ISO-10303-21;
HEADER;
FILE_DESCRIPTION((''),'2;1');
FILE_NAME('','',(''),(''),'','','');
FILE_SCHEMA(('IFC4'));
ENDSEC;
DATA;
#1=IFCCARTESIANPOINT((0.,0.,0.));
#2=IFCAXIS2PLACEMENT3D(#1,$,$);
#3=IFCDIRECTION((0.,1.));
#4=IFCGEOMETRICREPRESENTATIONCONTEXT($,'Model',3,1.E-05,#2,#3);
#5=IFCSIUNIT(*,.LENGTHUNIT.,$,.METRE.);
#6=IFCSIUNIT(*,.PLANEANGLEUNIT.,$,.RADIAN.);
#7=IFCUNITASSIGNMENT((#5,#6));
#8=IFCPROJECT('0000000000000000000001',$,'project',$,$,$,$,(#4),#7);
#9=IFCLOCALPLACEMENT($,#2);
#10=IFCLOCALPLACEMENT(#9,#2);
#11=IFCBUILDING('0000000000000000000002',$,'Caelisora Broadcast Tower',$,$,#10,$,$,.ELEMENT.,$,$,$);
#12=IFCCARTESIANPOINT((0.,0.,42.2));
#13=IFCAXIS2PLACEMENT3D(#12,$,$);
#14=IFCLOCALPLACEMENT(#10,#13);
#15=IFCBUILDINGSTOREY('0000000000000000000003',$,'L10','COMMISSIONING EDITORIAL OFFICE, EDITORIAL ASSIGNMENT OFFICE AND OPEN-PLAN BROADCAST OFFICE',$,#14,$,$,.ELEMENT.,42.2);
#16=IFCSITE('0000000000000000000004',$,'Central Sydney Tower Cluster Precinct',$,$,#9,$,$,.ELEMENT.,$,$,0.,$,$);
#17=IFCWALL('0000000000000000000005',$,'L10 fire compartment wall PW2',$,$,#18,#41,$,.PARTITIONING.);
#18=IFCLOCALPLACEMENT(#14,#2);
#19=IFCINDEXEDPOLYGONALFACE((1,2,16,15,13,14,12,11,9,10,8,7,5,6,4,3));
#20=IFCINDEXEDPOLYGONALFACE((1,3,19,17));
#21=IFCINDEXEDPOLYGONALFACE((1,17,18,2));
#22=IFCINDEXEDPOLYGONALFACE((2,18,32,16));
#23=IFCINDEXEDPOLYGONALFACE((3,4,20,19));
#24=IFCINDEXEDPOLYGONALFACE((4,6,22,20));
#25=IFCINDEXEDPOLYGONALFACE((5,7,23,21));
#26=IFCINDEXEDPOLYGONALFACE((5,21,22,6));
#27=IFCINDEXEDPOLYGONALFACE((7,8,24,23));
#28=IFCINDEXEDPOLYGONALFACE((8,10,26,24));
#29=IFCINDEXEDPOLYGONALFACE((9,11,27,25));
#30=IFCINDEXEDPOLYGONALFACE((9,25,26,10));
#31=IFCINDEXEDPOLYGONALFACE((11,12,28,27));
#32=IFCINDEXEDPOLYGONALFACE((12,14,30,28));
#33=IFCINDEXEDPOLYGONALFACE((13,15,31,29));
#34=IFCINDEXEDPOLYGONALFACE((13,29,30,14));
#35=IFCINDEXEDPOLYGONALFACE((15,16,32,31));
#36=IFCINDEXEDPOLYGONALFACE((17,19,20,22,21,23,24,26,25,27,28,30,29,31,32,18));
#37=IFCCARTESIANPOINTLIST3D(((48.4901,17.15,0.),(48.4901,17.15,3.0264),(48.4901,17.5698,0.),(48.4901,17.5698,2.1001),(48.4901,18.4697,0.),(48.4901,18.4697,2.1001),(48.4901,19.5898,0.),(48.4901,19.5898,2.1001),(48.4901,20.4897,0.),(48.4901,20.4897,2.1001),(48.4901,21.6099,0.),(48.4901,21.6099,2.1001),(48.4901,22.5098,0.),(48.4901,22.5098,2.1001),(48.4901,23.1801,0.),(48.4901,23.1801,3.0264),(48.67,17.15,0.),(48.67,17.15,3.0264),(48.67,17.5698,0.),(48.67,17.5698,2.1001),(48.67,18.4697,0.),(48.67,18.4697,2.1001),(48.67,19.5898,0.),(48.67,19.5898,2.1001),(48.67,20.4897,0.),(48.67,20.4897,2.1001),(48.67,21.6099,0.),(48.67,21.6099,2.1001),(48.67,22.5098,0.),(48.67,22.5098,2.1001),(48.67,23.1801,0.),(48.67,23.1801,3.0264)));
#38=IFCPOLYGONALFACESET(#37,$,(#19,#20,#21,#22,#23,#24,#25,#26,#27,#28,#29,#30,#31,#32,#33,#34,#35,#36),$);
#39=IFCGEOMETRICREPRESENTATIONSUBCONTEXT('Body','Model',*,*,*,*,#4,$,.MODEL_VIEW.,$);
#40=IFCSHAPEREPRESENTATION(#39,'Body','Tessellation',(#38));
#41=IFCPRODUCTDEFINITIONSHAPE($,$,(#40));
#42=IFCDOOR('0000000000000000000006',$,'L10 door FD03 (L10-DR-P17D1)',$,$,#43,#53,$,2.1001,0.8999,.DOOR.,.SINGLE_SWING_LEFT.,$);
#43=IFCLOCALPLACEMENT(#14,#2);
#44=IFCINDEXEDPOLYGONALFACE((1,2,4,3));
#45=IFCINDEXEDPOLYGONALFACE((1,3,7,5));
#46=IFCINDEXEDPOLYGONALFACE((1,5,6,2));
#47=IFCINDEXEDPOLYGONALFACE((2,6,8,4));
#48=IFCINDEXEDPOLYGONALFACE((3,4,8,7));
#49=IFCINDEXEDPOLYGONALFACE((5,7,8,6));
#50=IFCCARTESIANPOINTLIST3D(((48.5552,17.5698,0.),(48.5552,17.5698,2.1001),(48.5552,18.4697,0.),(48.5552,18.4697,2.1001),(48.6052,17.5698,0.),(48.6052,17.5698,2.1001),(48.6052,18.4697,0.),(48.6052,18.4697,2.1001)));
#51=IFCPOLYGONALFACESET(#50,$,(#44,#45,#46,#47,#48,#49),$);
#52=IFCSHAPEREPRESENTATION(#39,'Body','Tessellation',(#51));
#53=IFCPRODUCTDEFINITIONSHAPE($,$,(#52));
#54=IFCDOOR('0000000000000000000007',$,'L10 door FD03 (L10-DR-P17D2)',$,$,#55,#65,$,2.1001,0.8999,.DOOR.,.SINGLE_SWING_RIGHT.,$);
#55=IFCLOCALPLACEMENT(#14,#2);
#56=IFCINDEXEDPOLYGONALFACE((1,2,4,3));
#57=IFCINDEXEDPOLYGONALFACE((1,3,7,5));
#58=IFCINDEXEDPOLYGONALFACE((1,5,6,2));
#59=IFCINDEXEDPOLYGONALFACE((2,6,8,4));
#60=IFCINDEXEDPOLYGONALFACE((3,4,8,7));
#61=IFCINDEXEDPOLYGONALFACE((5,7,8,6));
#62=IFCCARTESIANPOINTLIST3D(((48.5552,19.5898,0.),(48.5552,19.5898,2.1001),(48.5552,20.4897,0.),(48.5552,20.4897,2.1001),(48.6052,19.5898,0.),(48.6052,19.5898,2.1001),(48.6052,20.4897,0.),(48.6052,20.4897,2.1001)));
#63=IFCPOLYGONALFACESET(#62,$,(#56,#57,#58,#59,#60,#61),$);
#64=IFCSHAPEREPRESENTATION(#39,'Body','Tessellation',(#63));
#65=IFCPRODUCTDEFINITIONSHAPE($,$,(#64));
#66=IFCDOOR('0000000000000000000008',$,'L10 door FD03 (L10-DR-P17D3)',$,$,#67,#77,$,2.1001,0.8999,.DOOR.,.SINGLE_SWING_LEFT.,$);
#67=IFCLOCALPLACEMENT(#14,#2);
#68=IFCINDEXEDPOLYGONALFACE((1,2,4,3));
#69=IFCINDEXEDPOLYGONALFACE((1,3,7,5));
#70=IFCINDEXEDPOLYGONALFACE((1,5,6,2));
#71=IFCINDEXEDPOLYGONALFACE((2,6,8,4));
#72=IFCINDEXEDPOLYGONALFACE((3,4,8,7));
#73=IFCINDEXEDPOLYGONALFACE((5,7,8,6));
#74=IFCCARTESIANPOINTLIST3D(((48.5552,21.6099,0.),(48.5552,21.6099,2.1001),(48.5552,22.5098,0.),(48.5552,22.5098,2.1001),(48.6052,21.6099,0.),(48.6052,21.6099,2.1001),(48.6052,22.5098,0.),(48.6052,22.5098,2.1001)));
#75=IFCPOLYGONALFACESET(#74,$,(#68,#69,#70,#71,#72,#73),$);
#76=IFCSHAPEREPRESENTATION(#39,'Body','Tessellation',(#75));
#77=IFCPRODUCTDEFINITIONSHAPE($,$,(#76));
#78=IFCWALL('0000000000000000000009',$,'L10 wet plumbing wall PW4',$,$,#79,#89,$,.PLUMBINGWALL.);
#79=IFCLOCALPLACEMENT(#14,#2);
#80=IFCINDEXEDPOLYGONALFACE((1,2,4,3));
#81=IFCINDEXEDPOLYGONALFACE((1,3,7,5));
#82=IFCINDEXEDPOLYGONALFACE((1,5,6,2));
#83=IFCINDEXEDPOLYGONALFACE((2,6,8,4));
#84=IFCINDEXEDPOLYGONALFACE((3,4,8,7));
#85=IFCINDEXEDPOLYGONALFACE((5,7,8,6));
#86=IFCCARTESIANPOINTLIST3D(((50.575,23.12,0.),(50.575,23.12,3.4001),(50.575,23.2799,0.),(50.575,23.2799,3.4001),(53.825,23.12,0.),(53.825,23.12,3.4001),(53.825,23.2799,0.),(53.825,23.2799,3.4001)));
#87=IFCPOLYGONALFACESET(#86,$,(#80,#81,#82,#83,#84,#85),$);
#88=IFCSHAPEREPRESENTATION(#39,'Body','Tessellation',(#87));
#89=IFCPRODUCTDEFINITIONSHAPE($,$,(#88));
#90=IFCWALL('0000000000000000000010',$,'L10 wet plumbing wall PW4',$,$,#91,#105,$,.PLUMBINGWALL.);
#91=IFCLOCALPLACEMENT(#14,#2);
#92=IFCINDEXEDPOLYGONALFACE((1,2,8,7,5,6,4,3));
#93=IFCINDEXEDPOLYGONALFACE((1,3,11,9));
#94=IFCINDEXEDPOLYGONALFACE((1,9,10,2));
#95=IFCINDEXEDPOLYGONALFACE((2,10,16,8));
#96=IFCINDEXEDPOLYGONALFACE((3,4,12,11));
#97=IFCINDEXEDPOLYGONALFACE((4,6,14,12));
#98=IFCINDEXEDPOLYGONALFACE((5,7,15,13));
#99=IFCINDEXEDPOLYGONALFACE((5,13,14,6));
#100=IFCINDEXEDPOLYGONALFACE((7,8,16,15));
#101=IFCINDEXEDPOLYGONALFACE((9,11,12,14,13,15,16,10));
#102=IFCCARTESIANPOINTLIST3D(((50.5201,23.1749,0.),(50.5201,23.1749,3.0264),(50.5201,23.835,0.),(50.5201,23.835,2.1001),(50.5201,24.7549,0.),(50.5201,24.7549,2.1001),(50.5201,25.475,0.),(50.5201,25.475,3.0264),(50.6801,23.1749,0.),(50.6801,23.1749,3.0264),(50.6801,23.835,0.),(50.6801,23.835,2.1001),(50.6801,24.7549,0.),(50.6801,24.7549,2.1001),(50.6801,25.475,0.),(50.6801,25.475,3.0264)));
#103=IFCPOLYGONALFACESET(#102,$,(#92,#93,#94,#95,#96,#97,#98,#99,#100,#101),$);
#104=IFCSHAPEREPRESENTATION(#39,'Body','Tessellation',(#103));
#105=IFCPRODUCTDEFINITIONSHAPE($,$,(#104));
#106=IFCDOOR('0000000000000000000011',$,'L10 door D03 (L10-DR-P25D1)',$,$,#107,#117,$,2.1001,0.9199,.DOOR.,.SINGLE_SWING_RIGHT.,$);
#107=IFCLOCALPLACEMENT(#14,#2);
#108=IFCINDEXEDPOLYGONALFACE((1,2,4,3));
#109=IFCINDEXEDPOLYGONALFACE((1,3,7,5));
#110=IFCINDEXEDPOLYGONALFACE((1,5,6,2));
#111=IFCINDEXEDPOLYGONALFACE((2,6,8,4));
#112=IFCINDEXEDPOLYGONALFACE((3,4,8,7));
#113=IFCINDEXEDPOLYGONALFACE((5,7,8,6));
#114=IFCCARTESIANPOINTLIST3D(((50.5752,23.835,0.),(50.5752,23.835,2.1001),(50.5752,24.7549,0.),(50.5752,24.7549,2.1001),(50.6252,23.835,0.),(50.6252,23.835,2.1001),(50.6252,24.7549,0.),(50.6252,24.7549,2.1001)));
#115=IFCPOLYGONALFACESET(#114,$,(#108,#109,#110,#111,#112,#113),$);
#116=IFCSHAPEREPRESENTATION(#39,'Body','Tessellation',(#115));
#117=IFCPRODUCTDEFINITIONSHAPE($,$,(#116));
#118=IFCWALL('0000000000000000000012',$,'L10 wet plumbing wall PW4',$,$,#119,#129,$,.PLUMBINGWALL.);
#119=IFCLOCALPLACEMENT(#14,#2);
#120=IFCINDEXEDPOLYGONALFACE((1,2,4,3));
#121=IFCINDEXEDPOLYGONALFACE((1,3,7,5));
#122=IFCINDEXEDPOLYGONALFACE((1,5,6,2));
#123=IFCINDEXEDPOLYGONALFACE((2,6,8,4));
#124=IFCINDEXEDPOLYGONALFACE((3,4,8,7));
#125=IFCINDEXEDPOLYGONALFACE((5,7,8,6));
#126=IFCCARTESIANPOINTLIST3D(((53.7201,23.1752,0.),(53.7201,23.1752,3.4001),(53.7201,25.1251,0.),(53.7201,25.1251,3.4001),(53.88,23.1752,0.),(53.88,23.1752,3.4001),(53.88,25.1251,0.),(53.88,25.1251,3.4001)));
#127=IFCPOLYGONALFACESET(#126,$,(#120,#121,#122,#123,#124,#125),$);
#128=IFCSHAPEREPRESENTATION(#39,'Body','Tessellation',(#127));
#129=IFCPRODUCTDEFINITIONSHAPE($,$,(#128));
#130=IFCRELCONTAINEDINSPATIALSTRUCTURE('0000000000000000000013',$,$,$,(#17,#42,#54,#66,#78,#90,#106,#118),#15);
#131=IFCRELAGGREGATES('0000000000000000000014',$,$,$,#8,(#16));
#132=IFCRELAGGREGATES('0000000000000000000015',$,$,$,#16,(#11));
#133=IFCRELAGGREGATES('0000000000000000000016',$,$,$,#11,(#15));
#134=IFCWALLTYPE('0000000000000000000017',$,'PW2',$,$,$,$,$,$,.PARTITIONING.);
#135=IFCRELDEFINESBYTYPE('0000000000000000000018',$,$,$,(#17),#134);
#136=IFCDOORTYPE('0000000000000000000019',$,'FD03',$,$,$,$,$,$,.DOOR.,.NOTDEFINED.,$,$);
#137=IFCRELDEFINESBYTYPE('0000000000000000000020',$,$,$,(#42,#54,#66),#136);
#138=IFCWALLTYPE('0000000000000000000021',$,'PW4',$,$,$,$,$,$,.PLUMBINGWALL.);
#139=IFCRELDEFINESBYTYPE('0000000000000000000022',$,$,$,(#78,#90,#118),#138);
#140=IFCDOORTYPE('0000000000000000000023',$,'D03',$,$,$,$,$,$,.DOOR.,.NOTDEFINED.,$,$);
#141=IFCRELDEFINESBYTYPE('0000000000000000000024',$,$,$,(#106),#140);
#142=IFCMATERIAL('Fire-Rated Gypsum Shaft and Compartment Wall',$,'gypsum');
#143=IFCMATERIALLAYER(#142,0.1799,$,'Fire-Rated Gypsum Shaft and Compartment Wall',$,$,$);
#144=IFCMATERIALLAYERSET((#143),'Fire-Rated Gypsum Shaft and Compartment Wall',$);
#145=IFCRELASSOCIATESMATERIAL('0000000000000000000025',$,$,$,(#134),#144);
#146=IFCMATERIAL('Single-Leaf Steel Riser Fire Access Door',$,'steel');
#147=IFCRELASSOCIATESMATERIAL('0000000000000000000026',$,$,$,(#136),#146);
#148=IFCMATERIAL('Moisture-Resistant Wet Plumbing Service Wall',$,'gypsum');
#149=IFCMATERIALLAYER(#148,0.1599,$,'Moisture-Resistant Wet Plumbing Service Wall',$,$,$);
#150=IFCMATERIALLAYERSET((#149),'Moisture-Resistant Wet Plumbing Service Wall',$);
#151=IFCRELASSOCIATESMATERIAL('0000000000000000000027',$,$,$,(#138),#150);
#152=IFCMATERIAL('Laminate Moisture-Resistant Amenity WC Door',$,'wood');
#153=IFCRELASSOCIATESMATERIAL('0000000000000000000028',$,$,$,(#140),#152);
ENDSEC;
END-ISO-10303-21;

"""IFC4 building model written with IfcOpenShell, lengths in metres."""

from ifc_helpers import new_model, si_unit, direction, frame, frame_2d, origin, place, context, subcontext, project, spatial, rectangle, extrude, material, layer, layer_set, type_object, element, fill, save


model = new_model("IFC4")

# Units and contexts
model_context = context("Model", 3, precision=1e-05, world=origin(), true_north=direction((0.0, 1.0)))
body_context = subcontext(model_context, "Body", "Model", "MODEL_VIEW")
ifc_project = project(units=[si_unit("LENGTHUNIT", "METRE"), si_unit("PLANEANGLEUNIT", "RADIAN")], contexts=[model_context])

# Site, building, storey
site_placement = place(None, origin())
site = spatial("IfcSite", under=ifc_project, at=site_placement, Name="Central Sydney Tower Cluster Precinct", CompositionType="ELEMENT", RefElevation=0.0)
building_placement = place(site_placement, origin())
building = spatial("IfcBuilding", under=site, at=building_placement, Name="Caelisora Broadcast Tower", CompositionType="ELEMENT")
storey_placement = place(building_placement, frame((0.0, 0.0, 42.2)))
storey = spatial("IfcBuildingStorey", under=building, at=storey_placement, Name="L10", Description="COMMISSIONING EDITORIAL OFFICE, EDITORIAL ASSIGNMENT OFFICE AND OPEN-PLAN BROADCAST OFFICE", CompositionType="ELEMENT", Elevation=42.2)

# Shared definitions
ifc_material_1 = material(Name="Fire-Rated Gypsum Shaft and Compartment Wall", Category="gypsum")
ifc_layer_1 = layer(ifc_material_1, 0.1799, Name="Fire-Rated Gypsum Shaft and Compartment Wall")
ifc_layer_set_1 = layer_set([ifc_layer_1], Name="Fire-Rated Gypsum Shaft and Compartment Wall")
wall_type_1 = type_object("IfcWallType", Name="PW2", PredefinedType="PARTITIONING", material=ifc_layer_set_1)

# Wall, openings, doors
wall_1_placement = place(storey_placement, frame((48.5801, 17.1499, 0.0), z_axis=(0.0, 0.0, 1.0), x_axis=(0.0, 1.0, 0.0)))
wall_1 = element("IfcWall", 1, at=wall_1_placement, inside=storey, type_object=wall_type_1, Name="L10 fire compartment wall PW2", PredefinedType="PARTITIONING", context=body_context, shape_type="SweptSolid", body=[
    extrude(rectangle(XDim=6.03, YDim=0.1799, at=frame_2d((3.0151, 0.0))), origin(), (0.0, 0.0, 1.0), 3.0264),
])
opening_1_placement = place(wall_1_placement, frame((0.4199, 0.0, 0.0)))
opening_1 = element("IfcOpeningElement", 2, at=opening_1_placement, cuts=wall_1, PredefinedType="OPENING", context=body_context, shape_type="SweptSolid", body=[
    extrude(rectangle(XDim=0.8999, YDim=2.1001, at=frame_2d((0.45, 1.05))), frame((0.0, 0.1021, 0.0), z_axis=(0.0, -1.0, 0.0), x_axis=(1.0, 0.0, 0.0)), (0.0, 0.0, 1.0), 0.2039),
])
opening_2_placement = place(wall_1_placement, frame((2.4399, 0.0, 0.0)))
opening_2 = element("IfcOpeningElement", 3, at=opening_2_placement, cuts=wall_1, PredefinedType="OPENING", context=body_context, shape_type="SweptSolid", body=[
    extrude(rectangle(XDim=0.8999, YDim=2.1001, at=frame_2d((0.45, 1.05))), frame((0.0, 0.1021, 0.0), z_axis=(0.0, -1.0, 0.0), x_axis=(1.0, 0.0, 0.0)), (0.0, 0.0, 1.0), 0.2039),
])
opening_3_placement = place(wall_1_placement, frame((4.46, 0.0, 0.0)))
opening_3 = element("IfcOpeningElement", 4, at=opening_3_placement, cuts=wall_1, PredefinedType="OPENING", context=body_context, shape_type="SweptSolid", body=[
    extrude(rectangle(XDim=0.8999, YDim=2.1001, at=frame_2d((0.45, 1.05))), frame((0.0, 0.1021, 0.0), z_axis=(0.0, -1.0, 0.0), x_axis=(1.0, 0.0, 0.0)), (0.0, 0.0, 1.0), 0.2039),
])
ifc_material_2 = material(Name="Single-Leaf Steel Riser Fire Access Door", Category="steel")
door_type_1 = type_object("IfcDoorType", Name="FD03", OperationType="NOTDEFINED", PredefinedType="DOOR", material=ifc_material_2)
door_1_placement = place(opening_1_placement, origin())
door_1 = element("IfcDoor", 5, at=door_1_placement, inside=storey, type_object=door_type_1, Name="L10 door FD03 (L10-DR-P17D1)", OperationType="SINGLE_SWING_LEFT", OverallHeight=2.1001, OverallWidth=0.8999, PredefinedType="DOOR", context=body_context, shape_type="SweptSolid", body=[
    extrude(rectangle(XDim=0.8999, YDim=2.1001, at=frame_2d((0.45, 1.05))), frame((0.0, 0.0249, 0.0), z_axis=(0.0, -1.0, 0.0), x_axis=(1.0, 0.0, 0.0)), (0.0, 0.0, 1.0), 0.05),
])
fill(opening_1, door_1)
door_2_placement = place(opening_2_placement, origin())
door_2 = element("IfcDoor", 6, at=door_2_placement, inside=storey, type_object=door_type_1, Name="L10 door FD03 (L10-DR-P17D2)", OperationType="SINGLE_SWING_RIGHT", OverallHeight=2.1001, OverallWidth=0.8999, PredefinedType="DOOR", context=body_context, shape_type="SweptSolid", body=[
    extrude(rectangle(XDim=0.8999, YDim=2.1001, at=frame_2d((0.45, 1.05))), frame((0.0, 0.0249, 0.0), z_axis=(0.0, -1.0, 0.0), x_axis=(1.0, 0.0, 0.0)), (0.0, 0.0, 1.0), 0.05),
])
fill(opening_2, door_2)
door_3_placement = place(opening_3_placement, origin())
door_3 = element("IfcDoor", 7, at=door_3_placement, inside=storey, type_object=door_type_1, Name="L10 door FD03 (L10-DR-P17D3)", OperationType="SINGLE_SWING_LEFT", OverallHeight=2.1001, OverallWidth=0.8999, PredefinedType="DOOR", context=body_context, shape_type="SweptSolid", body=[
    extrude(rectangle(XDim=0.8999, YDim=2.1001, at=frame_2d((0.45, 1.05))), frame((0.0, 0.0249, 0.0), z_axis=(0.0, -1.0, 0.0), x_axis=(1.0, 0.0, 0.0)), (0.0, 0.0, 1.0), 0.05),
])
fill(opening_3, door_3)

# Wall
ifc_material_3 = material(Name="Moisture-Resistant Wet Plumbing Service Wall", Category="gypsum")
ifc_layer_2 = layer(ifc_material_3, 0.1599, Name="Moisture-Resistant Wet Plumbing Service Wall")
ifc_layer_set_2 = layer_set([ifc_layer_2], Name="Moisture-Resistant Wet Plumbing Service Wall")
wall_type_2 = type_object("IfcWallType", Name="PW4", PredefinedType="PLUMBINGWALL", material=ifc_layer_set_2)
wall_2_placement = place(storey_placement, frame((50.575, 23.2, 0.0), z_axis=(0.0, 0.0, 1.0), x_axis=(1.0, 0.0, 0.0)))
element("IfcWall", 8, at=wall_2_placement, inside=storey, type_object=wall_type_2, Name="L10 wet plumbing wall PW4", PredefinedType="PLUMBINGWALL", context=body_context, shape_type="SweptSolid", body=[
    extrude(rectangle(XDim=3.25, YDim=0.1599, at=frame_2d((1.625, 0.0))), origin(), (0.0, 0.0, 1.0), 3.4001),
])

# Wall, opening, door
wall_3_placement = place(storey_placement, frame((50.6001, 23.175, 0.0), z_axis=(0.0, 0.0, 1.0), x_axis=(0.0, 1.0, 0.0)))
wall_3 = element("IfcWall", 9, at=wall_3_placement, inside=storey, type_object=wall_type_2, Name="L10 wet plumbing wall PW4", PredefinedType="PLUMBINGWALL", context=body_context, shape_type="SweptSolid", body=[
    extrude(rectangle(XDim=2.3, YDim=0.1599, at=frame_2d((1.1499, 0.0))), origin(), (0.0, 0.0, 1.0), 3.0264),
])
opening_4_placement = place(wall_3_placement, frame((0.6599, 0.0, 0.0)))
opening_4 = element("IfcOpeningElement", 10, at=opening_4_placement, cuts=wall_3, PredefinedType="OPENING", context=body_context, shape_type="SweptSolid", body=[
    extrude(rectangle(XDim=0.9199, YDim=2.1001, at=frame_2d((0.46, 1.05))), frame((0.0, 0.092, 0.0), z_axis=(0.0, -1.0, 0.0), x_axis=(1.0, 0.0, 0.0)), (0.0, 0.0, 1.0), 0.1838),
])
ifc_material_4 = material(Name="Laminate Moisture-Resistant Amenity WC Door", Category="wood")
door_type_2 = type_object("IfcDoorType", Name="D03", OperationType="NOTDEFINED", PredefinedType="DOOR", material=ifc_material_4)
door_4_placement = place(opening_4_placement, origin())
door_4 = element("IfcDoor", 11, at=door_4_placement, inside=storey, type_object=door_type_2, Name="L10 door D03 (L10-DR-P25D1)", OperationType="SINGLE_SWING_RIGHT", OverallHeight=2.1001, OverallWidth=0.9199, PredefinedType="DOOR", context=body_context, shape_type="SweptSolid", body=[
    extrude(rectangle(XDim=0.9199, YDim=2.1001, at=frame_2d((0.46, 1.05))), frame((0.0, 0.0249, 0.0), z_axis=(0.0, -1.0, 0.0), x_axis=(1.0, 0.0, 0.0)), (0.0, 0.0, 1.0), 0.05),
])
fill(opening_4, door_4)

# Wall
wall_4_placement = place(storey_placement, frame((53.8, 23.175, 0.0), z_axis=(0.0, 0.0, 1.0), x_axis=(0.0, 1.0, 0.0)))
element("IfcWall", 12, at=wall_4_placement, inside=storey, type_object=wall_type_2, Name="L10 wet plumbing wall PW4", PredefinedType="PLUMBINGWALL", context=body_context, shape_type="SweptSolid", body=[
    extrude(rectangle(XDim=1.95, YDim=0.1599, at=frame_2d((0.9751, 0.0))), origin(), (0.0, 0.0, 1.0), 3.4001),
])

save(model, "model.ifc")
